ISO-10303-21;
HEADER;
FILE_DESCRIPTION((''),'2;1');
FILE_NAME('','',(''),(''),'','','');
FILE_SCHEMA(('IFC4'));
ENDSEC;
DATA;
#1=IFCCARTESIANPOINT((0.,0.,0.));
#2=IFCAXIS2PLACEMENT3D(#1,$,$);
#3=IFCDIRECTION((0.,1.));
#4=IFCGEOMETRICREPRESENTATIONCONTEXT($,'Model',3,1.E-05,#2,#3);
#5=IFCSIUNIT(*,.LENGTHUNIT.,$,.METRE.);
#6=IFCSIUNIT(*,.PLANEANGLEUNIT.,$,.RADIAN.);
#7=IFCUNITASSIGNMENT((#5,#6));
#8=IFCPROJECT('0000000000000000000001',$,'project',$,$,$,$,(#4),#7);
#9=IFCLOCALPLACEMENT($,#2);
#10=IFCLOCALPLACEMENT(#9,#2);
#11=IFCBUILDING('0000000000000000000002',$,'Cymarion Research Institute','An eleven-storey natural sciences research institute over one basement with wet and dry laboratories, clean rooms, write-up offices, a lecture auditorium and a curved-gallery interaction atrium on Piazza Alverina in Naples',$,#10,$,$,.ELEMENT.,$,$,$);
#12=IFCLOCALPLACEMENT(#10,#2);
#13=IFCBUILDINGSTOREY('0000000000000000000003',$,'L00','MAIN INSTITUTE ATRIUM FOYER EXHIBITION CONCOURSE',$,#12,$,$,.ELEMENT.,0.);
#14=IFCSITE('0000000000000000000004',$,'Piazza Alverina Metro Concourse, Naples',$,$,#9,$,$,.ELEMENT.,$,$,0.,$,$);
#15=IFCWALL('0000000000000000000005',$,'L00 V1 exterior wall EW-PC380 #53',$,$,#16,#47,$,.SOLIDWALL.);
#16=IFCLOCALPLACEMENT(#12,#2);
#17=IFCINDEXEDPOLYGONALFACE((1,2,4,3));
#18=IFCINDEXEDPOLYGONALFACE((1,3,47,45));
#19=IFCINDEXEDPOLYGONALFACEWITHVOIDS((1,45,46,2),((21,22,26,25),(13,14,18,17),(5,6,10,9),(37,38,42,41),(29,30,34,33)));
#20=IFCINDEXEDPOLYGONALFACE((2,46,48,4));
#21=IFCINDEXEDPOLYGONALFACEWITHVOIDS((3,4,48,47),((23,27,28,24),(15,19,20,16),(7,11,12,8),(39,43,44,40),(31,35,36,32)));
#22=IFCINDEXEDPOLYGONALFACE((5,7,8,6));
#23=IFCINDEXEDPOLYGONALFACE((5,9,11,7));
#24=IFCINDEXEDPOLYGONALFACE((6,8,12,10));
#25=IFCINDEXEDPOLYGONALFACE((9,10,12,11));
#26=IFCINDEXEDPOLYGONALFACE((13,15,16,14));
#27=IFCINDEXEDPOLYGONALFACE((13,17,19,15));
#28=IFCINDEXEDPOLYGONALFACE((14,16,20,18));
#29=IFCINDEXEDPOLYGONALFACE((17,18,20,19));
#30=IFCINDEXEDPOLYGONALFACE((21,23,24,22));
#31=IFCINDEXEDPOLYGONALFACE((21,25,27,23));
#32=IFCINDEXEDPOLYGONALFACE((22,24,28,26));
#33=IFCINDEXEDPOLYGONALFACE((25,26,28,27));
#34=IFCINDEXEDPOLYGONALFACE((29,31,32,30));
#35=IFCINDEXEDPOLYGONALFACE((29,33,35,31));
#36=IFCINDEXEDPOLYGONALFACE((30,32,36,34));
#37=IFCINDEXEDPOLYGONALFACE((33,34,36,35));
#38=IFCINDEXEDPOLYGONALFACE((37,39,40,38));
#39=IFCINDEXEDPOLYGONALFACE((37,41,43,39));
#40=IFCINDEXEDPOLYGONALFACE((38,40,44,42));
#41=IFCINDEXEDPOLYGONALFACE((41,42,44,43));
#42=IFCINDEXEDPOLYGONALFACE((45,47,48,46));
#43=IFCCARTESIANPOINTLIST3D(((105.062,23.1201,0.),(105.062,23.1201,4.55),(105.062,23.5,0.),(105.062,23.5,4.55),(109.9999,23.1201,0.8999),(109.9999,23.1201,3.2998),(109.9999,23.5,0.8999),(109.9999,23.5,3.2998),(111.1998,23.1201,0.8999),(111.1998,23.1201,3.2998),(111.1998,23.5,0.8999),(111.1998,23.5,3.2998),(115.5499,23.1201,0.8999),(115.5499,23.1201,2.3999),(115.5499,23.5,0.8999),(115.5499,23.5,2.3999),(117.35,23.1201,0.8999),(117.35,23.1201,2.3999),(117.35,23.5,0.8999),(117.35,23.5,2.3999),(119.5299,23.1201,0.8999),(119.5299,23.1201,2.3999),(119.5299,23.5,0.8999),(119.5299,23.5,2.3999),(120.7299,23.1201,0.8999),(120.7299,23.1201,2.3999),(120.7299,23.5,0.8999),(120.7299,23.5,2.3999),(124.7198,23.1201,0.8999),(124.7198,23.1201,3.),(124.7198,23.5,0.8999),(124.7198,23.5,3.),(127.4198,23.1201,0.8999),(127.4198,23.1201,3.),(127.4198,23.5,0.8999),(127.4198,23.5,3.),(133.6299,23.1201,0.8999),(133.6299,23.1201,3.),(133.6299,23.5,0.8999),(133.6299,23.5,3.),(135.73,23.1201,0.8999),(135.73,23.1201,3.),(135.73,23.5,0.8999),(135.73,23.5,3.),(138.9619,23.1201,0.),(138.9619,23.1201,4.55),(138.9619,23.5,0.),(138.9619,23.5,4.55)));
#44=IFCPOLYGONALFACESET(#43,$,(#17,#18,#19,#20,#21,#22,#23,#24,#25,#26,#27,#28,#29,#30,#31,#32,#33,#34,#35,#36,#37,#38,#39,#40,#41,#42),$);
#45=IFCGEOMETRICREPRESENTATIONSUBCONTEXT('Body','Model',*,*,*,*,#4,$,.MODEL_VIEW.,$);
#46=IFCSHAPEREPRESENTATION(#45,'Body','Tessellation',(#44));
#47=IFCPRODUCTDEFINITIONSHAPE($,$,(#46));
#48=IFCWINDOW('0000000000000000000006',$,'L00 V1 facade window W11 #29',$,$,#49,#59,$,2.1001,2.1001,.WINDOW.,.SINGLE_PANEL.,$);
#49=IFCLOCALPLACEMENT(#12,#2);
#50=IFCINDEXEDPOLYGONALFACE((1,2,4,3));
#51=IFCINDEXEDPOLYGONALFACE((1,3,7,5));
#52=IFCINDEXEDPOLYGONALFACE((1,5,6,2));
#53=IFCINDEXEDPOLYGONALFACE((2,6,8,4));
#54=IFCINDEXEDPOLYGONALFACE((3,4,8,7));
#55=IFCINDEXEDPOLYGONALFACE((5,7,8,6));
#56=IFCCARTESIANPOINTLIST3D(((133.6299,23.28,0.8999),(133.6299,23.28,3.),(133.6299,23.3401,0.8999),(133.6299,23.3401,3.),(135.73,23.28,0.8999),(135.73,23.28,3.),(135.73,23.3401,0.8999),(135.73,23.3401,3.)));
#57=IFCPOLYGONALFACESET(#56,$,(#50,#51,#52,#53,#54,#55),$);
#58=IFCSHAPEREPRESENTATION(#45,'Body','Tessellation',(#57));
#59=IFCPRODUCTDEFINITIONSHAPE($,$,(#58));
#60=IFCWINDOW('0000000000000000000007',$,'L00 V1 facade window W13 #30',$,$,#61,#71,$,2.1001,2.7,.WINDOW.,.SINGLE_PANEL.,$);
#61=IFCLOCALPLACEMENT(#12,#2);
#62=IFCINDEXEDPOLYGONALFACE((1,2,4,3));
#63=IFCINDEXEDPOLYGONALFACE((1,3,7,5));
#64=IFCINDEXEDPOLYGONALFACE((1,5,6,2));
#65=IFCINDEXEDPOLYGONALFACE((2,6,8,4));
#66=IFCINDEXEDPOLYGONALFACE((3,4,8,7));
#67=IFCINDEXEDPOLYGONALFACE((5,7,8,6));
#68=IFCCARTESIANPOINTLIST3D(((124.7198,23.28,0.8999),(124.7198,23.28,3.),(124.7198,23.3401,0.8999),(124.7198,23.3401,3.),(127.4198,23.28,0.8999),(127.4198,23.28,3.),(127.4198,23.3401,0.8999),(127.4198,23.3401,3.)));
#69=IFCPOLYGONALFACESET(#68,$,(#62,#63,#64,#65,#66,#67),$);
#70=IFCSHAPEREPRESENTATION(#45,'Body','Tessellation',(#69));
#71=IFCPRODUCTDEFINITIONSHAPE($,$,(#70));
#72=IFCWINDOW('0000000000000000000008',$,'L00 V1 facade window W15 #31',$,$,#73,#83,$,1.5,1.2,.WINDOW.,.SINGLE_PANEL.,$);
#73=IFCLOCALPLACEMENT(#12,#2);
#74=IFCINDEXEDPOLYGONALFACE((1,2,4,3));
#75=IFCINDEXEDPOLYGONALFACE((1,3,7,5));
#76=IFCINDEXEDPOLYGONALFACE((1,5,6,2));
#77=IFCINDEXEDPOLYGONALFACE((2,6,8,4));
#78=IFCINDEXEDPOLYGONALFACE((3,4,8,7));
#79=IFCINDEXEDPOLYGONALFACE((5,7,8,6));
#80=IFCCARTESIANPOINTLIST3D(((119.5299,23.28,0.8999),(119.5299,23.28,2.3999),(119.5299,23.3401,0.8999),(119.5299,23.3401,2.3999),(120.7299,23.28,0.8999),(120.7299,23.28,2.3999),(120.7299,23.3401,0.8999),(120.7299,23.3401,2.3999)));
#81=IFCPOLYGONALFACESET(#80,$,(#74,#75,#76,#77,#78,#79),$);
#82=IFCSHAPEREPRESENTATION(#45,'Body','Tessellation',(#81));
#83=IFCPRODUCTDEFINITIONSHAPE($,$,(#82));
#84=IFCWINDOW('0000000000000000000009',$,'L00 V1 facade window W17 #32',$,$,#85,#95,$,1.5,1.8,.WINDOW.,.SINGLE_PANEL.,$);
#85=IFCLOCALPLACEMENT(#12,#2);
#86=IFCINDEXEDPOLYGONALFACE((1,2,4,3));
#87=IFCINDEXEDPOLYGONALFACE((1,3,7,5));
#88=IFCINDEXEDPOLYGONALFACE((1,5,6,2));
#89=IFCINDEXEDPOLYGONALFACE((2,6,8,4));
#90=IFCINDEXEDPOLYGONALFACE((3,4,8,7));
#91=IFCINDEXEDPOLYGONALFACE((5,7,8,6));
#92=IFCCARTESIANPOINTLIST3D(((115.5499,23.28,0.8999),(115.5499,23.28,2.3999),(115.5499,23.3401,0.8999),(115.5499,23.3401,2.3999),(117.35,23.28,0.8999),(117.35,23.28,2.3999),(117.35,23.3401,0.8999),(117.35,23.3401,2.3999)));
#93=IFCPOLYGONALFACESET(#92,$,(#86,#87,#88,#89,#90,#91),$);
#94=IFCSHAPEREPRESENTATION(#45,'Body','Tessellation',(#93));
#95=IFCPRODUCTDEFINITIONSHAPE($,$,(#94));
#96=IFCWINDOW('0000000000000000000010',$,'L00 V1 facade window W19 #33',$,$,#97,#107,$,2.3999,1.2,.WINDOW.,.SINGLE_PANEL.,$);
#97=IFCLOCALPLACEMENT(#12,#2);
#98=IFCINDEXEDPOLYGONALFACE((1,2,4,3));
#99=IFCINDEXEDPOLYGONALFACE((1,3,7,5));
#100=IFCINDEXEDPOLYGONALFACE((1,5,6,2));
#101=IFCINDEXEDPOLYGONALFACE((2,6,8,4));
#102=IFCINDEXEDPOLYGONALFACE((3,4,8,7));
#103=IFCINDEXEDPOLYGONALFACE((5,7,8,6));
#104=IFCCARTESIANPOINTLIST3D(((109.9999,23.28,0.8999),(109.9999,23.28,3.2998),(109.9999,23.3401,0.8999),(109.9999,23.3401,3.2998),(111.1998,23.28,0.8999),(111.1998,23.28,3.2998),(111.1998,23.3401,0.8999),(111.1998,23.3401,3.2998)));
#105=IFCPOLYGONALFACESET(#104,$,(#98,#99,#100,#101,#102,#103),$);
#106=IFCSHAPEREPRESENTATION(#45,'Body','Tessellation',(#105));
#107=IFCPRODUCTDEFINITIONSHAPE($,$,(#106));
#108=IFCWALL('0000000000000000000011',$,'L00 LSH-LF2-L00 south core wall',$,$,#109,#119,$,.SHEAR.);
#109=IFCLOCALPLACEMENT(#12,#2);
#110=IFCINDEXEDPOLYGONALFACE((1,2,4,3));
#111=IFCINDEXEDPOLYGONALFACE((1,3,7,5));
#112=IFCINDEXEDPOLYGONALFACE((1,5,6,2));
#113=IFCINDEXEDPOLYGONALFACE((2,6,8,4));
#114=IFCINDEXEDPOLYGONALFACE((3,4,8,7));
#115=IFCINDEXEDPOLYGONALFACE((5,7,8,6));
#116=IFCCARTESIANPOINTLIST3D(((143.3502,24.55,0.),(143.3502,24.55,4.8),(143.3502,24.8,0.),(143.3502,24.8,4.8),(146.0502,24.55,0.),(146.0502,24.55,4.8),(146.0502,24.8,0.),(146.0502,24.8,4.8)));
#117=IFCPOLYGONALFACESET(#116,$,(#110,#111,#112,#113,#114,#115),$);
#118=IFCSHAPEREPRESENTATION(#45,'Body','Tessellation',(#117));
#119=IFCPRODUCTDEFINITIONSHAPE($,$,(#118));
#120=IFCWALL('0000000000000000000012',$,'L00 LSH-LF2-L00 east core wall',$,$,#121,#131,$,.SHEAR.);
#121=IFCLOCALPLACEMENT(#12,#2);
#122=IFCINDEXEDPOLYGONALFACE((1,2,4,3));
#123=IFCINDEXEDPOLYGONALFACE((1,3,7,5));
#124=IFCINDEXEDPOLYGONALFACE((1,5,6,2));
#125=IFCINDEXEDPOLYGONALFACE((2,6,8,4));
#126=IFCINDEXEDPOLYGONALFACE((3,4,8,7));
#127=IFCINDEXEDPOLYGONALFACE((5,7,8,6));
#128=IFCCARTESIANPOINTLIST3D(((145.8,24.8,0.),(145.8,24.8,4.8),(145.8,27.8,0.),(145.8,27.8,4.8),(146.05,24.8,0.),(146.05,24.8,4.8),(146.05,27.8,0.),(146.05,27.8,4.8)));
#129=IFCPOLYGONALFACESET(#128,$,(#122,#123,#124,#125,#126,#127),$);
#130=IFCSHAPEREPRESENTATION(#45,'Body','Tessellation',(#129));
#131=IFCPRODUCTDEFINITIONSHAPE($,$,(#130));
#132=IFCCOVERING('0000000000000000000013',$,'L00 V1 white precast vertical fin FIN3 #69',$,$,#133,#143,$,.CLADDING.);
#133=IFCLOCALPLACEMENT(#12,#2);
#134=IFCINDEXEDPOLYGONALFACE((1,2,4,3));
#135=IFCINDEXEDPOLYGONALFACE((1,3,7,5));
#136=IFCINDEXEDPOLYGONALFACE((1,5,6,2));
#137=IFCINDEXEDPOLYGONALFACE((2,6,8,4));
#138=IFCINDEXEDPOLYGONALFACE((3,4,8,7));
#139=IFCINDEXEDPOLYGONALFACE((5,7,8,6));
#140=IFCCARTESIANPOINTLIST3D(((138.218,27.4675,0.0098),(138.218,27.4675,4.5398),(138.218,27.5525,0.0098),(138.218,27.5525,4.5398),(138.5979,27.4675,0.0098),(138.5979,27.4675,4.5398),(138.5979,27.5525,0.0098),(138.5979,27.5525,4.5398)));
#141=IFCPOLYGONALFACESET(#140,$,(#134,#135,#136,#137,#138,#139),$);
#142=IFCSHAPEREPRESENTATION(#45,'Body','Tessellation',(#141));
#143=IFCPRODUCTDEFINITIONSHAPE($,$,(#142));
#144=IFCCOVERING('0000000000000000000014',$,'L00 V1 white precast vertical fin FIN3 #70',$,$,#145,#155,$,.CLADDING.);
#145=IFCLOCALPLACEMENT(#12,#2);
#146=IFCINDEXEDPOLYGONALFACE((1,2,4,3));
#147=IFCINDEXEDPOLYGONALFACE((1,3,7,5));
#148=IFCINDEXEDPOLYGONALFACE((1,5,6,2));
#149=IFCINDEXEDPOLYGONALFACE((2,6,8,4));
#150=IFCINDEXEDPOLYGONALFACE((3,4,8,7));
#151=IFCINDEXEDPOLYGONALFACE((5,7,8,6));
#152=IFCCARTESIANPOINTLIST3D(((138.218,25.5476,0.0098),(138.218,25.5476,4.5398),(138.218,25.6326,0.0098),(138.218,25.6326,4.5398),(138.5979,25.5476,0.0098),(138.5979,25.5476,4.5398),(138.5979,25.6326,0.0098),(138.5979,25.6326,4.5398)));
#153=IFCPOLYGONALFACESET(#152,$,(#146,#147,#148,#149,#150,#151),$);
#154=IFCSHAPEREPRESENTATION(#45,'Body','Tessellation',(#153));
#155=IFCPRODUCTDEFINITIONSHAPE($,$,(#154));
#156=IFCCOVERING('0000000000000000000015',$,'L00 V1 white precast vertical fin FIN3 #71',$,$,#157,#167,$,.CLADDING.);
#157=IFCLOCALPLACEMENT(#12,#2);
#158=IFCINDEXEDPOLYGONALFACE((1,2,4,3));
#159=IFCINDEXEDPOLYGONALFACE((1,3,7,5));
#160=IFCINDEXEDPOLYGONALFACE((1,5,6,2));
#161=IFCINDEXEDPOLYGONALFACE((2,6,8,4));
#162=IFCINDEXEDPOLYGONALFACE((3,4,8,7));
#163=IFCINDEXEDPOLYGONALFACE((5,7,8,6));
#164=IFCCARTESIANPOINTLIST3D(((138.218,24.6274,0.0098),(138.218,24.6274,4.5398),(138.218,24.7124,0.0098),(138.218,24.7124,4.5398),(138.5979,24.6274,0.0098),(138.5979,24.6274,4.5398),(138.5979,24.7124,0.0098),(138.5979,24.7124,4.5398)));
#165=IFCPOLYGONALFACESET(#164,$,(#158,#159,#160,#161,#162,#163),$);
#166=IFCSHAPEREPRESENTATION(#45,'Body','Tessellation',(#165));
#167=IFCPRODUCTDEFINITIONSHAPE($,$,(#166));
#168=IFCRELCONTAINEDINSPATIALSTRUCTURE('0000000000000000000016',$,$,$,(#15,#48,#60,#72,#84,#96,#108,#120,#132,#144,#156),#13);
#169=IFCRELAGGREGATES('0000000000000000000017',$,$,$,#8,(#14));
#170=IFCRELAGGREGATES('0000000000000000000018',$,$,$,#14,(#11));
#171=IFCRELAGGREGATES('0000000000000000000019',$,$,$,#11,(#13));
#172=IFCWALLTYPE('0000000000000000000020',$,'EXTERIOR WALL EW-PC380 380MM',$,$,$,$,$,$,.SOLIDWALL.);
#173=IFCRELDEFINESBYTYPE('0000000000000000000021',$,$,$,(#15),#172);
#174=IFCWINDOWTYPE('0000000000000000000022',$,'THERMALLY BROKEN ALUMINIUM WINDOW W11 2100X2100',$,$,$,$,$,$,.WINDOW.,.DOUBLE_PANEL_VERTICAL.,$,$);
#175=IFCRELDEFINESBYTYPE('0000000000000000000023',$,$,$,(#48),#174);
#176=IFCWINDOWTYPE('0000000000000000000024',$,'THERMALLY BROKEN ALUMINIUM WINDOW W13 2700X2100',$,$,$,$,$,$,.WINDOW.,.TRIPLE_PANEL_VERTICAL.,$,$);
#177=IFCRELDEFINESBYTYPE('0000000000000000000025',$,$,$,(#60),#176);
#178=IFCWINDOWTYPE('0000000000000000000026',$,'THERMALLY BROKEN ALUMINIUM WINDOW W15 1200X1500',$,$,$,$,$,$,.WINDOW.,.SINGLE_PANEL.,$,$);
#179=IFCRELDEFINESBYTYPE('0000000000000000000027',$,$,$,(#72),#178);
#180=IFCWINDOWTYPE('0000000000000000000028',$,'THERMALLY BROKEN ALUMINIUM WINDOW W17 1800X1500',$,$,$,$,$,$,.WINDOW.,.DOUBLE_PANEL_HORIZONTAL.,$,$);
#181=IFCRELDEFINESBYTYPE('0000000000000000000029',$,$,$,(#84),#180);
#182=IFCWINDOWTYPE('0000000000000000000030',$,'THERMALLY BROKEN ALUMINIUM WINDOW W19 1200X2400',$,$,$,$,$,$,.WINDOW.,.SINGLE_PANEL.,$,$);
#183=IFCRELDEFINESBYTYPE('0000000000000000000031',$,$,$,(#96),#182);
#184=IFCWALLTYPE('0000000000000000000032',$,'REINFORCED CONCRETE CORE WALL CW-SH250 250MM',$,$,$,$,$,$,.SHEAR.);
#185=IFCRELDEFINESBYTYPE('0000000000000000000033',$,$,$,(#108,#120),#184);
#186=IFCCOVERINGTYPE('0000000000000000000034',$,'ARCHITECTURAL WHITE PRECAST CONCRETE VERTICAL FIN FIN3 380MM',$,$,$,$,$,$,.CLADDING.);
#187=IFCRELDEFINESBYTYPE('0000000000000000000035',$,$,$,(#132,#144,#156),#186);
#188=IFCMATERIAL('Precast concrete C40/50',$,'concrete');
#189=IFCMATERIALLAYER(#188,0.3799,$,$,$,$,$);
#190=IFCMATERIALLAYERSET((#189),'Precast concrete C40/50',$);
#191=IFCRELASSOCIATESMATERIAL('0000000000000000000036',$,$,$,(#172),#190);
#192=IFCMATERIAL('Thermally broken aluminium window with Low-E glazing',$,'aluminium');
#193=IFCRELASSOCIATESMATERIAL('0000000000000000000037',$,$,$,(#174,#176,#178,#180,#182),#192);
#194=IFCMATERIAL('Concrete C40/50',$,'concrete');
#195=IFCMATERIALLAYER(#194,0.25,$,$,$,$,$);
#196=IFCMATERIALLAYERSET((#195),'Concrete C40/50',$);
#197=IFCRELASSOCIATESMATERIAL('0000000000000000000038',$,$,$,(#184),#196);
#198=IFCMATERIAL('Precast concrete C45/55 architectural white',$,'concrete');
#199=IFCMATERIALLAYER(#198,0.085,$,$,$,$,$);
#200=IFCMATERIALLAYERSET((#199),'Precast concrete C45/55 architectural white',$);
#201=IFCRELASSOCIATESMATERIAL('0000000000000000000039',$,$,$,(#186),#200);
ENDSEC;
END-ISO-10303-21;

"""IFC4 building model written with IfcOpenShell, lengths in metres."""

from ifc_helpers import new_model, si_unit, direction, frame, frame_2d, origin, origin_2d, place, context, subcontext, project, spatial, rectangle, extrude, material, layer, layer_set, type_object, element, fill, save


model = new_model("IFC4")

# Units and contexts
model_context = context("Model", 3, precision=1e-05, world=origin(), true_north=direction((0.0, 1.0)))
body_context = subcontext(model_context, "Body", "Model", "MODEL_VIEW")
ifc_project = project(units=[si_unit("LENGTHUNIT", "METRE"), si_unit("PLANEANGLEUNIT", "RADIAN")], contexts=[model_context])

# Site, building, storey
site_placement = place(None, origin())
site = spatial("IfcSite", under=ifc_project, at=site_placement, Name="Piazza Alverina Metro Concourse, Naples", CompositionType="ELEMENT", RefElevation=0.0)
building_placement = place(site_placement, origin())
building = spatial("IfcBuilding", under=site, at=building_placement, Name="Cymarion Research Institute", Description="An eleven-storey natural sciences research institute over one basement with wet and dry laboratories, clean rooms, write-up offices, a lecture auditorium and a curved-gallery interaction atrium on Piazza Alverina in Naples", CompositionType="ELEMENT")
storey_placement = place(building_placement, origin())
storey = spatial("IfcBuildingStorey", under=building, at=storey_placement, Name="L00", Description="MAIN INSTITUTE ATRIUM FOYER EXHIBITION CONCOURSE", CompositionType="ELEMENT", Elevation=0.0)

# Wall, openings, windows
ifc_material_1 = material(Name="Precast concrete C40/50", Category="concrete")
ifc_layer_1 = layer(ifc_material_1, 0.3799)
ifc_layer_set_1 = layer_set([ifc_layer_1], Name="Precast concrete C40/50")
wall_type_1 = type_object("IfcWallType", Name="EXTERIOR WALL EW-PC380 380MM", PredefinedType="SOLIDWALL", material=ifc_layer_set_1)
wall_1_placement = place(storey_placement, frame((138.9619, 23.3101, 0.0), z_axis=(0.0, 0.0, 1.0), x_axis=(-1.0, 0.0, 0.0)))
wall_1 = element("IfcWall", 1, at=wall_1_placement, inside=storey, type_object=wall_type_1, Name="L00 V1 exterior wall EW-PC380 #53", PredefinedType="SOLIDWALL", context=body_context, shape_type="SweptSolid", body=[
    extrude(rectangle(XDim=33.8999, YDim=0.3799, at=frame_2d((16.95, 0.0))), origin(), (0.0, 0.0, 1.0), 4.55),
])
opening_1_placement = place(wall_1_placement, frame((3.2319, 0.0, 0.8999)))
opening_1 = element("IfcOpeningElement", 2, at=opening_1_placement, cuts=wall_1, PredefinedType="OPENING", context=body_context, shape_type="SweptSolid", body=[
    extrude(rectangle(XDim=2.1001, YDim=2.1001, at=frame_2d((1.05, 1.05))), frame((0.0, 0.2, 0.0), z_axis=(0.0, -1.0, 0.0), x_axis=(1.0, 0.0, 0.0)), (0.0, 0.0, 1.0), 0.3999),
])
opening_2_placement = place(wall_1_placement, frame((11.542, 0.0, 0.8999)))
opening_2 = element("IfcOpeningElement", 3, at=opening_2_placement, cuts=wall_1, PredefinedType="OPENING", context=body_context, shape_type="SweptSolid", body=[
    extrude(rectangle(XDim=2.7, YDim=2.1001, at=frame_2d((1.3501, 1.05))), frame((0.0, 0.2, 0.0), z_axis=(0.0, -1.0, 0.0), x_axis=(1.0, 0.0, 0.0)), (0.0, 0.0, 1.0), 0.3999),
])
opening_3_placement = place(wall_1_placement, frame((18.2319, 0.0, 0.8999)))
opening_3 = element("IfcOpeningElement", 4, at=opening_3_placement, cuts=wall_1, PredefinedType="OPENING", context=body_context, shape_type="SweptSolid", body=[
    extrude(rectangle(XDim=1.2, YDim=1.5, at=frame_2d((0.6001, 0.75))), frame((0.0, 0.2, 0.0), z_axis=(0.0, -1.0, 0.0), x_axis=(1.0, 0.0, 0.0)), (0.0, 0.0, 1.0), 0.3999),
])
opening_4_placement = place(wall_1_placement, frame((21.6121, 0.0, 0.8999)))
opening_4 = element("IfcOpeningElement", 5, at=opening_4_placement, cuts=wall_1, PredefinedType="OPENING", context=body_context, shape_type="SweptSolid", body=[
    extrude(rectangle(XDim=1.8, YDim=1.5, at=frame_2d((0.8999, 0.75))), frame((0.0, 0.2, 0.0), z_axis=(0.0, -1.0, 0.0), x_axis=(1.0, 0.0, 0.0)), (0.0, 0.0, 1.0), 0.3999),
])
opening_5_placement = place(wall_1_placement, frame((27.762, 0.0, 0.8999)))
opening_5 = element("IfcOpeningElement", 6, at=opening_5_placement, cuts=wall_1, PredefinedType="OPENING", context=body_context, shape_type="SweptSolid", body=[
    extrude(rectangle(XDim=1.2, YDim=2.3999, at=frame_2d((0.6001, 1.2))), frame((0.0, 0.2, 0.0), z_axis=(0.0, -1.0, 0.0), x_axis=(1.0, 0.0, 0.0)), (0.0, 0.0, 1.0), 0.3999),
])
ifc_material_2 = material(Name="Thermally broken aluminium window with Low-E glazing", Category="aluminium")
window_type_1 = type_object("IfcWindowType", Name="THERMALLY BROKEN ALUMINIUM WINDOW W11 2100X2100", PartitioningType="DOUBLE_PANEL_VERTICAL", PredefinedType="WINDOW", material=ifc_material_2)
window_1_placement = place(opening_1_placement, origin())
window_1 = element("IfcWindow", 7, at=window_1_placement, inside=storey, type_object=window_type_1, Name="L00 V1 facade window W11 #29", OverallHeight=2.1001, OverallWidth=2.1001, PartitioningType="SINGLE_PANEL", PredefinedType="WINDOW", context=body_context, shape_type="SweptSolid", body=[
    extrude(rectangle(XDim=2.1001, YDim=2.1001, at=frame_2d((1.05, 1.05))), frame((0.0, 0.03, 0.0), z_axis=(0.0, -1.0, 0.0), x_axis=(1.0, 0.0, 0.0)), (0.0, 0.0, 1.0), 0.0601),
])
fill(opening_1, window_1)
window_type_2 = type_object("IfcWindowType", Name="THERMALLY BROKEN ALUMINIUM WINDOW W13 2700X2100", PartitioningType="TRIPLE_PANEL_VERTICAL", PredefinedType="WINDOW", material=ifc_material_2)
window_2_placement = place(opening_2_placement, origin())
window_2 = element("IfcWindow", 8, at=window_2_placement, inside=storey, type_object=window_type_2, Name="L00 V1 facade window W13 #30", OverallHeight=2.1001, OverallWidth=2.7, PartitioningType="SINGLE_PANEL", PredefinedType="WINDOW", context=body_context, shape_type="SweptSolid", body=[
    extrude(rectangle(XDim=2.7, YDim=2.1001, at=frame_2d((1.3501, 1.05))), frame((0.0, 0.03, 0.0), z_axis=(0.0, -1.0, 0.0), x_axis=(1.0, 0.0, 0.0)), (0.0, 0.0, 1.0), 0.0601),
])
fill(opening_2, window_2)
window_type_3 = type_object("IfcWindowType", Name="THERMALLY BROKEN ALUMINIUM WINDOW W15 1200X1500", PartitioningType="SINGLE_PANEL", PredefinedType="WINDOW", material=ifc_material_2)
window_3_placement = place(opening_3_placement, origin())
window_3 = element("IfcWindow", 9, at=window_3_placement, inside=storey, type_object=window_type_3, Name="L00 V1 facade window W15 #31", OverallHeight=1.5, OverallWidth=1.2, PartitioningType="SINGLE_PANEL", PredefinedType="WINDOW", context=body_context, shape_type="SweptSolid", body=[
    extrude(rectangle(XDim=1.2, YDim=1.5, at=frame_2d((0.6001, 0.75))), frame((0.0, 0.03, 0.0), z_axis=(0.0, -1.0, 0.0), x_axis=(1.0, 0.0, 0.0)), (0.0, 0.0, 1.0), 0.0601),
])
fill(opening_3, window_3)
window_type_4 = type_object("IfcWindowType", Name="THERMALLY BROKEN ALUMINIUM WINDOW W17 1800X1500", PartitioningType="DOUBLE_PANEL_HORIZONTAL", PredefinedType="WINDOW", material=ifc_material_2)
window_4_placement = place(opening_4_placement, origin())
window_4 = element("IfcWindow", 10, at=window_4_placement, inside=storey, type_object=window_type_4, Name="L00 V1 facade window W17 #32", OverallHeight=1.5, OverallWidth=1.8, PartitioningType="SINGLE_PANEL", PredefinedType="WINDOW", context=body_context, shape_type="SweptSolid", body=[
    extrude(rectangle(XDim=1.8, YDim=1.5, at=frame_2d((0.8999, 0.75))), frame((0.0, 0.03, 0.0), z_axis=(0.0, -1.0, 0.0), x_axis=(1.0, 0.0, 0.0)), (0.0, 0.0, 1.0), 0.0601),
])
fill(opening_4, window_4)
window_type_5 = type_object("IfcWindowType", Name="THERMALLY BROKEN ALUMINIUM WINDOW W19 1200X2400", PartitioningType="SINGLE_PANEL", PredefinedType="WINDOW", material=ifc_material_2)
window_5_placement = place(opening_5_placement, origin())
window_5 = element("IfcWindow", 11, at=window_5_placement, inside=storey, type_object=window_type_5, Name="L00 V1 facade window W19 #33", OverallHeight=2.3999, OverallWidth=1.2, PartitioningType="SINGLE_PANEL", PredefinedType="WINDOW", context=body_context, shape_type="SweptSolid", body=[
    extrude(rectangle(XDim=1.2, YDim=2.3999, at=frame_2d((0.6001, 1.2))), frame((0.0, 0.03, 0.0), z_axis=(0.0, -1.0, 0.0), x_axis=(1.0, 0.0, 0.0)), (0.0, 0.0, 1.0), 0.0601),
])
fill(opening_5, window_5)

# Walls
ifc_material_3 = material(Name="Concrete C40/50", Category="concrete")
ifc_layer_2 = layer(ifc_material_3, 0.25)
ifc_layer_set_2 = layer_set([ifc_layer_2], Name="Concrete C40/50")
wall_type_2 = type_object("IfcWallType", Name="REINFORCED CONCRETE CORE WALL CW-SH250 250MM", PredefinedType="SHEAR", material=ifc_layer_set_2)
wall_2_placement = place(storey_placement, frame((143.3501, 24.675, 0.0), z_axis=(0.0, 0.0, 1.0), x_axis=(1.0, 0.0, 0.0)))
element("IfcWall", 12, at=wall_2_placement, inside=storey, type_object=wall_type_2, Name="L00 LSH-LF2-L00 south core wall", PredefinedType="SHEAR", context=body_context, shape_type="SweptSolid", body=[
    extrude(rectangle(XDim=2.7, YDim=0.25, at=frame_2d((1.3501, 0.0))), origin(), (0.0, 0.0, 1.0), 4.8),
])
wall_3_placement = place(storey_placement, frame((145.925, 24.8, 0.0), z_axis=(0.0, 0.0, 1.0), x_axis=(0.0, 1.0, 0.0)))
element("IfcWall", 13, at=wall_3_placement, inside=storey, type_object=wall_type_2, Name="L00 LSH-LF2-L00 east core wall", PredefinedType="SHEAR", context=body_context, shape_type="SweptSolid", body=[
    extrude(rectangle(XDim=3.0, YDim=0.25, at=frame_2d((1.5, 0.0))), origin(), (0.0, 0.0, 1.0), 4.8),
])

# Coverings
ifc_material_4 = material(Name="Precast concrete C45/55 architectural white", Category="concrete")
ifc_layer_3 = layer(ifc_material_4, 0.085)
ifc_layer_set_3 = layer_set([ifc_layer_3], Name="Precast concrete C45/55 architectural white")
covering_type_1 = type_object("IfcCoveringType", Name="ARCHITECTURAL WHITE PRECAST CONCRETE VERTICAL FIN FIN3 380MM", PredefinedType="CLADDING", material=ifc_layer_set_3)
for number, where, z_axis, x_axis, name in (
    (14, (138.408, 27.51, 0.0098), (0.0, 0.0, 1.0), (-1.0, 0.0, 0.0), "L00 V1 white precast vertical fin FIN3 #69"),
    (15, (138.408, 25.5901, 0.0098), (0.0, 0.0, 1.0), (-1.0, 0.0, 0.0), "L00 V1 white precast vertical fin FIN3 #70"),
    (16, (138.408, 24.6699, 0.0098), (0.0, 0.0, 1.0), (-1.0, 0.0, 0.0), "L00 V1 white precast vertical fin FIN3 #71"),
):
    element("IfcCovering", number, at=place(storey_placement, frame(where, z_axis=z_axis, x_axis=x_axis)), inside=storey, type_object=covering_type_1, Name=name, PredefinedType="CLADDING", context=body_context, shape_type="SweptSolid", body=[
        extrude(rectangle(XDim=0.3799, YDim=0.085, at=origin_2d()), origin(), (0.0, 0.0, 1.0), 4.53),
    ])

save(model, "model.ifc")
